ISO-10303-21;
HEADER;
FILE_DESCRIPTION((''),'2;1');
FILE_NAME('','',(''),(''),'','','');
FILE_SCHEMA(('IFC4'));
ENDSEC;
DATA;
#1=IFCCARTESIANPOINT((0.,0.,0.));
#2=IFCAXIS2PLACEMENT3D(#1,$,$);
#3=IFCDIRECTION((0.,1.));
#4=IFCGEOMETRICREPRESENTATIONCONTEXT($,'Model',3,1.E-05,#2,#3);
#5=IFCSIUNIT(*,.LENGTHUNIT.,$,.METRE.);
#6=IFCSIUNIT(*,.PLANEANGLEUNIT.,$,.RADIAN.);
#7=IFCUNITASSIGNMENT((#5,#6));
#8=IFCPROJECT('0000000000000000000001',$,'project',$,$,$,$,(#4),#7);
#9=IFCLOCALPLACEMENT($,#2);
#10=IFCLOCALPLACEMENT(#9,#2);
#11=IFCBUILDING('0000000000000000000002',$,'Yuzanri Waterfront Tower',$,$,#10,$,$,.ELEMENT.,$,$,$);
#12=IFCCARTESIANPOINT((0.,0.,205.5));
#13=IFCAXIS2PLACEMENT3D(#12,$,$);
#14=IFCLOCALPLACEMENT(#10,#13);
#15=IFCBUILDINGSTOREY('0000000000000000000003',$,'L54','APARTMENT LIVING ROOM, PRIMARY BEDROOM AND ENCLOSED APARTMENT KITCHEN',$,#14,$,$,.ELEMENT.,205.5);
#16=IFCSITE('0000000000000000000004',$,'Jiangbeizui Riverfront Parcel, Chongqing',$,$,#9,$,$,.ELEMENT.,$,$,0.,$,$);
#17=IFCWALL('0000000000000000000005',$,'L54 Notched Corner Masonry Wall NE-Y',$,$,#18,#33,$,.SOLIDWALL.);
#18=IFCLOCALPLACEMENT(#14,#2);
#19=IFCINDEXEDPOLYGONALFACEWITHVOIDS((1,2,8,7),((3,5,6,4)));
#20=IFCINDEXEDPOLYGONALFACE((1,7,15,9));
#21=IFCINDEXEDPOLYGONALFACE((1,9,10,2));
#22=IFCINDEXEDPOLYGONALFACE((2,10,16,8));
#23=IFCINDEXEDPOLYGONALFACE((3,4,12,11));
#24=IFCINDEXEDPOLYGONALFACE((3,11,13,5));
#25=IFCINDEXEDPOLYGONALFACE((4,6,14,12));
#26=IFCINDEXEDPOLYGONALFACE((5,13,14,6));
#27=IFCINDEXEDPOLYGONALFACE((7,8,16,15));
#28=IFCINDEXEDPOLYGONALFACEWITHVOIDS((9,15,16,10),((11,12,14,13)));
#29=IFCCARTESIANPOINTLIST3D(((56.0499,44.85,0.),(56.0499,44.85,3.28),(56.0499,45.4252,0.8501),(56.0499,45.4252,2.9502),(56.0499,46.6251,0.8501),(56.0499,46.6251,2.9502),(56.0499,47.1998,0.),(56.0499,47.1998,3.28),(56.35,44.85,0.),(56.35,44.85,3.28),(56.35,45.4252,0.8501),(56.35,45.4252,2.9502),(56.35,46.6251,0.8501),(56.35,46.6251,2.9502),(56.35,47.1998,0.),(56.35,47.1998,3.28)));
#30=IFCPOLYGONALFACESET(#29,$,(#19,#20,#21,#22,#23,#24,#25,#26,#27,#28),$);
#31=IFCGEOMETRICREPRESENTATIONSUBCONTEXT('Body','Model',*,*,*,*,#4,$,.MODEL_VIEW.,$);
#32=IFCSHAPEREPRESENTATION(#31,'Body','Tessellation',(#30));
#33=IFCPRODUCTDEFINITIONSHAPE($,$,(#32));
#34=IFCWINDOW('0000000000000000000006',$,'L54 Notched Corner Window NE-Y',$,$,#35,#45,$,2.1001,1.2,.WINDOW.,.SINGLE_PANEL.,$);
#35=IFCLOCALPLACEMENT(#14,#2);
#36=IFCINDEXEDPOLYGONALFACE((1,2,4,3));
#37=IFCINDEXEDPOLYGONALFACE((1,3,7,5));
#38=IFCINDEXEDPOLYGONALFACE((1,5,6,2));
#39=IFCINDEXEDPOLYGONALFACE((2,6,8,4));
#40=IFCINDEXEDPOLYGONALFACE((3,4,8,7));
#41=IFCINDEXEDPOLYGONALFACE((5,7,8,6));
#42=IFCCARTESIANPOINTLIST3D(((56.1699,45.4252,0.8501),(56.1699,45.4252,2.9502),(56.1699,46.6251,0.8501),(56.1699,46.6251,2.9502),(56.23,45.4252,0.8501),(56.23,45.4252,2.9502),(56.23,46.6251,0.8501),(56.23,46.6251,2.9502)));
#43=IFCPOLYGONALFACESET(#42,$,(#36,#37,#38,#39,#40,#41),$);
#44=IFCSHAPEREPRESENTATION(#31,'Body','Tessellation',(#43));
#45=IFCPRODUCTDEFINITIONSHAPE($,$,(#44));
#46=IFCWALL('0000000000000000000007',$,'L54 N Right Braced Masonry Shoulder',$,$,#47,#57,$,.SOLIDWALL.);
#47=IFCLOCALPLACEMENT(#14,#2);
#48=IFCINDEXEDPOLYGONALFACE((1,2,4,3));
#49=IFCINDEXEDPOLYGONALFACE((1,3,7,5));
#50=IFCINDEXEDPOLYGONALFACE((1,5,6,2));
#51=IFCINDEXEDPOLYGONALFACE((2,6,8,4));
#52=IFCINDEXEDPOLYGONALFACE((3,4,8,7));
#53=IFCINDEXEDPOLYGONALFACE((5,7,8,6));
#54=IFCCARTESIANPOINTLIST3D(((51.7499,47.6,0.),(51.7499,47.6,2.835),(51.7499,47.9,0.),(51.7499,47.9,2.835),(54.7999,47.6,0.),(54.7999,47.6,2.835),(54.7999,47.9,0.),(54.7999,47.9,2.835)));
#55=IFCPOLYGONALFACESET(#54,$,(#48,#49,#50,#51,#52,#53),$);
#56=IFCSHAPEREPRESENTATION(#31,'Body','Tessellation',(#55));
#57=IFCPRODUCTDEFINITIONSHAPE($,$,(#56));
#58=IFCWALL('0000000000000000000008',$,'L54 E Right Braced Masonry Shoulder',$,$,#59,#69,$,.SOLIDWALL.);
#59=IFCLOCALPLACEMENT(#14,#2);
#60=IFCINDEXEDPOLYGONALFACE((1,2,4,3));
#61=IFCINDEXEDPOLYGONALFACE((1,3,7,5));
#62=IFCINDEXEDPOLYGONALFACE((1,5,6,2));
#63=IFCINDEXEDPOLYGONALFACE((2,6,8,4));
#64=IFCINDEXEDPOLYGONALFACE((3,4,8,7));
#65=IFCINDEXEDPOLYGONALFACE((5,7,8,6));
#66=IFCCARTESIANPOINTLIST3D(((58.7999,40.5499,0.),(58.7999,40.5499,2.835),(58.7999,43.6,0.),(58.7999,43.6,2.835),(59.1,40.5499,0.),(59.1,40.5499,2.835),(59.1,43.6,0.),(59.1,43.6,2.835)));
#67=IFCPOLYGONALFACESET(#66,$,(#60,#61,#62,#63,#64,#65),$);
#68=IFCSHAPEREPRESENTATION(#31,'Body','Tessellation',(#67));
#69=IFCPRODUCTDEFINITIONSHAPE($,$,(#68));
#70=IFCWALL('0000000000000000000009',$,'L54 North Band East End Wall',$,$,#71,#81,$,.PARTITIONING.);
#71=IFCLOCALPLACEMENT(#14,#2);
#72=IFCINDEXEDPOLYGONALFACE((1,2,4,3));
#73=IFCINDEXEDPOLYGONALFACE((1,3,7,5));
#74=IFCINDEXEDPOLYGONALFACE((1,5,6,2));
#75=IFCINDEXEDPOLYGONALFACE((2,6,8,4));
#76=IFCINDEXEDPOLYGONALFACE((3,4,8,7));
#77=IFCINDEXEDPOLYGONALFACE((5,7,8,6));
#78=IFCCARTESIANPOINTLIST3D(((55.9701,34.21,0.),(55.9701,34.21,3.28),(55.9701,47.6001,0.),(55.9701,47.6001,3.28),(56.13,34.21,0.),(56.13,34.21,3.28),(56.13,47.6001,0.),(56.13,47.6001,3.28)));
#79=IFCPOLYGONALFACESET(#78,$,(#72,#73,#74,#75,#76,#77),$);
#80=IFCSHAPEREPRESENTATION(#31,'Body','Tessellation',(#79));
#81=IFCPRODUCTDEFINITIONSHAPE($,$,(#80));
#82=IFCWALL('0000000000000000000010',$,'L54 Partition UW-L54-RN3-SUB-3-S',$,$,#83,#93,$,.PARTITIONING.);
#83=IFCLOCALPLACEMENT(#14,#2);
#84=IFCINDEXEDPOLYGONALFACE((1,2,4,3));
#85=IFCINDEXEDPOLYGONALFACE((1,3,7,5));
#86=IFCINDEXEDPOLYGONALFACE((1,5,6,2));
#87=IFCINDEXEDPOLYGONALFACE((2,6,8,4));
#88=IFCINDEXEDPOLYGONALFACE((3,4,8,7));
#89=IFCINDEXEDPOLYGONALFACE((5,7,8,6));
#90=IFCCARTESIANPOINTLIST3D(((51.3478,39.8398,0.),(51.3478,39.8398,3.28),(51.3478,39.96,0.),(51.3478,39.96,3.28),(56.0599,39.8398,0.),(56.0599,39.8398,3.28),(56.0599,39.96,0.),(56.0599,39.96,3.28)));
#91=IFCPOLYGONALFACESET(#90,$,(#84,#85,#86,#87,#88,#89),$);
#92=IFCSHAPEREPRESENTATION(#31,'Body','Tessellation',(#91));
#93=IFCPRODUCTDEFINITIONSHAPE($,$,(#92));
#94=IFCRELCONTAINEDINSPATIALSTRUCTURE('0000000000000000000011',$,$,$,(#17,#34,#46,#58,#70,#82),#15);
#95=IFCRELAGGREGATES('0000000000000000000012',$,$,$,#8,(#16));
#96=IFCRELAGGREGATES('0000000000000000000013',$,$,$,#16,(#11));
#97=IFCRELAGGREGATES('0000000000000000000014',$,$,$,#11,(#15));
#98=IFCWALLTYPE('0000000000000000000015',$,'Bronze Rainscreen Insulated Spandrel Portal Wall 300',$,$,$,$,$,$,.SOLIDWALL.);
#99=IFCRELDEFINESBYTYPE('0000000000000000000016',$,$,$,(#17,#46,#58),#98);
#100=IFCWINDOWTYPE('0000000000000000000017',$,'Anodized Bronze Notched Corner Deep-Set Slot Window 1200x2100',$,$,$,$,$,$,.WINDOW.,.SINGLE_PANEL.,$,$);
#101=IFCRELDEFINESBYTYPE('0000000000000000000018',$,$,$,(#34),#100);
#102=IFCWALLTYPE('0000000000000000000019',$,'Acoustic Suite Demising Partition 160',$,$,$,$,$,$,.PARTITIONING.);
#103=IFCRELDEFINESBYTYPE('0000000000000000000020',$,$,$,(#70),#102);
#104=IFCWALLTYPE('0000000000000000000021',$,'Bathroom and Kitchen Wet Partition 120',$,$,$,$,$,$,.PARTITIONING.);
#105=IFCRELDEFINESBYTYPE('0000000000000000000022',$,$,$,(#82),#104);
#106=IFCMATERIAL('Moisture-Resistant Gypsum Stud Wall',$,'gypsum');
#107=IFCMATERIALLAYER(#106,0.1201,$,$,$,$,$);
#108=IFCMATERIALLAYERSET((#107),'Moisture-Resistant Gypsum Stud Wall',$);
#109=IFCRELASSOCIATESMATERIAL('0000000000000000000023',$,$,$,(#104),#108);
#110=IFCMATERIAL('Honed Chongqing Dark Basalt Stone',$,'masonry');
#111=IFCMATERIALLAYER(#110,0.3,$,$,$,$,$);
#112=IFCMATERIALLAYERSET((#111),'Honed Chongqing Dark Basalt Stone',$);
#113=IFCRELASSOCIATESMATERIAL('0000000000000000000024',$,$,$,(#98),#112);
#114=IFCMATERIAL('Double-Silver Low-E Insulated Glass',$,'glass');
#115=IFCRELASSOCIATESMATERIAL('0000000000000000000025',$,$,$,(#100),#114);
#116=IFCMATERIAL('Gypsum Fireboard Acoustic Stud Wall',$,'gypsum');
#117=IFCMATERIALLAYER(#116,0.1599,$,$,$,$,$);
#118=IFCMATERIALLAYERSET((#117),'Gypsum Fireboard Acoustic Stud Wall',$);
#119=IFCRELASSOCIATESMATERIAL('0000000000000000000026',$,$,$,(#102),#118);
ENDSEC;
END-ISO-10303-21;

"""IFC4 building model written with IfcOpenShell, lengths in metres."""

from ifc_helpers import new_model, si_unit, direction, frame, frame_2d, origin, place, context, subcontext, project, spatial, rectangle, extrude, source, transform, mapped, material, layer, layer_set, type_object, element, fill, save


model = new_model("IFC4")

# Units and contexts
model_context = context("Model", 3, precision=1e-05, world=origin(), true_north=direction((0.0, 1.0)))
body_context = subcontext(model_context, "Body", "Model", "MODEL_VIEW")
ifc_project = project(units=[si_unit("LENGTHUNIT", "METRE"), si_unit("PLANEANGLEUNIT", "RADIAN")], contexts=[model_context])

# Site, building, storey
site_placement = place(None, origin())
site = spatial("IfcSite", under=ifc_project, at=site_placement, Name="Jiangbeizui Riverfront Parcel, Chongqing", CompositionType="ELEMENT", RefElevation=0.0)
building_placement = place(site_placement, origin())
building = spatial("IfcBuilding", under=site, at=building_placement, Name="Yuzanri Waterfront Tower", CompositionType="ELEMENT")
storey_placement = place(building_placement, frame((0.0, 0.0, 205.5)))
storey = spatial("IfcBuildingStorey", under=building, at=storey_placement, Name="L54", Description="APARTMENT LIVING ROOM, PRIMARY BEDROOM AND ENCLOSED APARTMENT KITCHEN", CompositionType="ELEMENT", Elevation=205.5)

# Shared definitions
ifc_material_1 = material(Name="Moisture-Resistant Gypsum Stud Wall", Category="gypsum")
ifc_layer_1 = layer(ifc_material_1, 0.1201)
ifc_layer_set_1 = layer_set([ifc_layer_1], Name="Moisture-Resistant Gypsum Stud Wall")
wall_type_1 = type_object("IfcWallType", Name="Bathroom and Kitchen Wet Partition 120", PredefinedType="PARTITIONING", material=ifc_layer_set_1)

# Wall, opening, window
ifc_material_2 = material(Name="Honed Chongqing Dark Basalt Stone", Category="masonry")
ifc_layer_2 = layer(ifc_material_2, 0.3)
ifc_layer_set_2 = layer_set([ifc_layer_2], Name="Honed Chongqing Dark Basalt Stone")
wall_type_2 = type_object("IfcWallType", Name="Bronze Rainscreen Insulated Spandrel Portal Wall 300", PredefinedType="SOLIDWALL", material=ifc_layer_set_2)
wall_1_placement = place(storey_placement, frame((56.2, 44.8501, 0.0), z_axis=(0.0, 0.0, 1.0), x_axis=(0.0, 1.0, 0.0)))
wall_1 = element("IfcWall", 1, at=wall_1_placement, inside=storey, type_object=wall_type_2, Name="L54 Notched Corner Masonry Wall NE-Y", PredefinedType="SOLIDWALL", context=body_context, shape_type="SweptSolid", body=[
    extrude(rectangle(XDim=2.3499, YDim=0.3, at=frame_2d((1.1748, 0.0))), origin(), (0.0, 0.0, 1.0), 3.28),
])
opening_1_placement = place(wall_1_placement, frame((0.575, 0.0, 0.8501)))
opening_1 = element("IfcOpeningElement", 2, at=opening_1_placement, cuts=wall_1, PredefinedType="OPENING", context=body_context, shape_type="SweptSolid", body=[
    extrude(rectangle(XDim=1.2, YDim=2.1001, at=frame_2d((0.6001, 1.05))), frame((0.0, 0.165, 0.0), z_axis=(0.0, -1.0, 0.0), x_axis=(1.0, 0.0, 0.0)), (0.0, 0.0, 1.0), 0.3298),
])
ifc_material_3 = material(Name="Double-Silver Low-E Insulated Glass", Category="glass")
window_type_1 = type_object("IfcWindowType", Name="Anodized Bronze Notched Corner Deep-Set Slot Window 1200x2100", PartitioningType="SINGLE_PANEL", PredefinedType="WINDOW", material=ifc_material_3)
shared_shape_1 = source(origin(), body_context, "Body", "SweptSolid", [
    extrude(rectangle(XDim=1.2, YDim=2.1001, at=frame_2d((0.6001, 1.05))), frame((0.0, 0.03, 0.0), z_axis=(0.0, -1.0, 0.0), x_axis=(1.0, 0.0, 0.0)), (0.0, 0.0, 1.0), 0.0601),
])
window_1_placement = place(opening_1_placement, origin())
window_1 = element("IfcWindow", 3, at=window_1_placement, inside=storey, type_object=window_type_1, Name="L54 Notched Corner Window NE-Y", OverallHeight=2.1001, OverallWidth=1.2, PartitioningType="SINGLE_PANEL", PredefinedType="WINDOW", context=body_context, shape_type="MappedRepresentation", body=[
    mapped(shared_shape_1, transform((0.0, 0.0, 0.0), scale=1.0)),
])
fill(opening_1, window_1)

# Walls
shared_shape_2 = source(origin(), body_context, "Body", "SweptSolid", [
    extrude(rectangle(XDim=3.05, YDim=0.3, at=frame_2d((1.5249, 0.0))), origin(), (0.0, 0.0, 1.0), 2.835),
])
for number, where, z_axis, x_axis, name in (
    (4, (51.75, 47.75, 0.0), (0.0, 0.0, 1.0), (1.0, 0.0, 0.0), "L54 N Right Braced Masonry Shoulder"),
    (5, (58.95, 40.55, 0.0), (0.0, 0.0, 1.0), (0.0, 1.0, 0.0), "L54 E Right Braced Masonry Shoulder"),
):
    element("IfcWall", number, at=place(storey_placement, frame(where, z_axis=z_axis, x_axis=x_axis)), inside=storey, type_object=wall_type_2, Name=name, PredefinedType="SOLIDWALL", context=body_context, shape_type="MappedRepresentation", body=[
        mapped(shared_shape_2, transform((0.0, 0.0, 0.0), scale=1.0)),
    ])
ifc_material_4 = material(Name="Gypsum Fireboard Acoustic Stud Wall", Category="gypsum")
ifc_layer_3 = layer(ifc_material_4, 0.1599)
ifc_layer_set_3 = layer_set([ifc_layer_3], Name="Gypsum Fireboard Acoustic Stud Wall")
wall_type_3 = type_object("IfcWallType", Name="Acoustic Suite Demising Partition 160", PredefinedType="PARTITIONING", material=ifc_layer_set_3)
shared_shape_3 = source(origin(), body_context, "Body", "SweptSolid", [
    extrude(rectangle(XDim=13.3901, YDim=0.1599, at=frame_2d((6.6951, 0.0))), origin(), (0.0, 0.0, 1.0), 3.28),
])
wall_2_placement = place(storey_placement, frame((56.05, 34.21, 0.0), z_axis=(0.0, 0.0, 1.0), x_axis=(0.0, 1.0, 0.0)))
element("IfcWall", 6, at=wall_2_placement, inside=storey, type_object=wall_type_3, Name="L54 North Band East End Wall", PredefinedType="PARTITIONING", context=body_context, shape_type="MappedRepresentation", body=[
    mapped(shared_shape_3, transform((0.0, 0.0, 0.0), scale=1.0)),
])
shared_shape_4 = source(origin(), body_context, "Body", "SweptSolid", [
    extrude(rectangle(XDim=4.7122, YDim=0.1201, at=frame_2d((2.356, 0.0))), origin(), (0.0, 0.0, 1.0), 3.28),
])
wall_3_placement = place(storey_placement, frame((51.3479, 39.8999, 0.0), z_axis=(0.0, 0.0, 1.0), x_axis=(1.0, 0.0, 0.0)))
element("IfcWall", 7, at=wall_3_placement, inside=storey, type_object=wall_type_1, Name="L54 Partition UW-L54-RN3-SUB-3-S", PredefinedType="PARTITIONING", context=body_context, shape_type="MappedRepresentation", body=[
    mapped(shared_shape_4, transform((0.0, 0.0, 0.0), scale=1.0)),
])

save(model, "model.ifc")
